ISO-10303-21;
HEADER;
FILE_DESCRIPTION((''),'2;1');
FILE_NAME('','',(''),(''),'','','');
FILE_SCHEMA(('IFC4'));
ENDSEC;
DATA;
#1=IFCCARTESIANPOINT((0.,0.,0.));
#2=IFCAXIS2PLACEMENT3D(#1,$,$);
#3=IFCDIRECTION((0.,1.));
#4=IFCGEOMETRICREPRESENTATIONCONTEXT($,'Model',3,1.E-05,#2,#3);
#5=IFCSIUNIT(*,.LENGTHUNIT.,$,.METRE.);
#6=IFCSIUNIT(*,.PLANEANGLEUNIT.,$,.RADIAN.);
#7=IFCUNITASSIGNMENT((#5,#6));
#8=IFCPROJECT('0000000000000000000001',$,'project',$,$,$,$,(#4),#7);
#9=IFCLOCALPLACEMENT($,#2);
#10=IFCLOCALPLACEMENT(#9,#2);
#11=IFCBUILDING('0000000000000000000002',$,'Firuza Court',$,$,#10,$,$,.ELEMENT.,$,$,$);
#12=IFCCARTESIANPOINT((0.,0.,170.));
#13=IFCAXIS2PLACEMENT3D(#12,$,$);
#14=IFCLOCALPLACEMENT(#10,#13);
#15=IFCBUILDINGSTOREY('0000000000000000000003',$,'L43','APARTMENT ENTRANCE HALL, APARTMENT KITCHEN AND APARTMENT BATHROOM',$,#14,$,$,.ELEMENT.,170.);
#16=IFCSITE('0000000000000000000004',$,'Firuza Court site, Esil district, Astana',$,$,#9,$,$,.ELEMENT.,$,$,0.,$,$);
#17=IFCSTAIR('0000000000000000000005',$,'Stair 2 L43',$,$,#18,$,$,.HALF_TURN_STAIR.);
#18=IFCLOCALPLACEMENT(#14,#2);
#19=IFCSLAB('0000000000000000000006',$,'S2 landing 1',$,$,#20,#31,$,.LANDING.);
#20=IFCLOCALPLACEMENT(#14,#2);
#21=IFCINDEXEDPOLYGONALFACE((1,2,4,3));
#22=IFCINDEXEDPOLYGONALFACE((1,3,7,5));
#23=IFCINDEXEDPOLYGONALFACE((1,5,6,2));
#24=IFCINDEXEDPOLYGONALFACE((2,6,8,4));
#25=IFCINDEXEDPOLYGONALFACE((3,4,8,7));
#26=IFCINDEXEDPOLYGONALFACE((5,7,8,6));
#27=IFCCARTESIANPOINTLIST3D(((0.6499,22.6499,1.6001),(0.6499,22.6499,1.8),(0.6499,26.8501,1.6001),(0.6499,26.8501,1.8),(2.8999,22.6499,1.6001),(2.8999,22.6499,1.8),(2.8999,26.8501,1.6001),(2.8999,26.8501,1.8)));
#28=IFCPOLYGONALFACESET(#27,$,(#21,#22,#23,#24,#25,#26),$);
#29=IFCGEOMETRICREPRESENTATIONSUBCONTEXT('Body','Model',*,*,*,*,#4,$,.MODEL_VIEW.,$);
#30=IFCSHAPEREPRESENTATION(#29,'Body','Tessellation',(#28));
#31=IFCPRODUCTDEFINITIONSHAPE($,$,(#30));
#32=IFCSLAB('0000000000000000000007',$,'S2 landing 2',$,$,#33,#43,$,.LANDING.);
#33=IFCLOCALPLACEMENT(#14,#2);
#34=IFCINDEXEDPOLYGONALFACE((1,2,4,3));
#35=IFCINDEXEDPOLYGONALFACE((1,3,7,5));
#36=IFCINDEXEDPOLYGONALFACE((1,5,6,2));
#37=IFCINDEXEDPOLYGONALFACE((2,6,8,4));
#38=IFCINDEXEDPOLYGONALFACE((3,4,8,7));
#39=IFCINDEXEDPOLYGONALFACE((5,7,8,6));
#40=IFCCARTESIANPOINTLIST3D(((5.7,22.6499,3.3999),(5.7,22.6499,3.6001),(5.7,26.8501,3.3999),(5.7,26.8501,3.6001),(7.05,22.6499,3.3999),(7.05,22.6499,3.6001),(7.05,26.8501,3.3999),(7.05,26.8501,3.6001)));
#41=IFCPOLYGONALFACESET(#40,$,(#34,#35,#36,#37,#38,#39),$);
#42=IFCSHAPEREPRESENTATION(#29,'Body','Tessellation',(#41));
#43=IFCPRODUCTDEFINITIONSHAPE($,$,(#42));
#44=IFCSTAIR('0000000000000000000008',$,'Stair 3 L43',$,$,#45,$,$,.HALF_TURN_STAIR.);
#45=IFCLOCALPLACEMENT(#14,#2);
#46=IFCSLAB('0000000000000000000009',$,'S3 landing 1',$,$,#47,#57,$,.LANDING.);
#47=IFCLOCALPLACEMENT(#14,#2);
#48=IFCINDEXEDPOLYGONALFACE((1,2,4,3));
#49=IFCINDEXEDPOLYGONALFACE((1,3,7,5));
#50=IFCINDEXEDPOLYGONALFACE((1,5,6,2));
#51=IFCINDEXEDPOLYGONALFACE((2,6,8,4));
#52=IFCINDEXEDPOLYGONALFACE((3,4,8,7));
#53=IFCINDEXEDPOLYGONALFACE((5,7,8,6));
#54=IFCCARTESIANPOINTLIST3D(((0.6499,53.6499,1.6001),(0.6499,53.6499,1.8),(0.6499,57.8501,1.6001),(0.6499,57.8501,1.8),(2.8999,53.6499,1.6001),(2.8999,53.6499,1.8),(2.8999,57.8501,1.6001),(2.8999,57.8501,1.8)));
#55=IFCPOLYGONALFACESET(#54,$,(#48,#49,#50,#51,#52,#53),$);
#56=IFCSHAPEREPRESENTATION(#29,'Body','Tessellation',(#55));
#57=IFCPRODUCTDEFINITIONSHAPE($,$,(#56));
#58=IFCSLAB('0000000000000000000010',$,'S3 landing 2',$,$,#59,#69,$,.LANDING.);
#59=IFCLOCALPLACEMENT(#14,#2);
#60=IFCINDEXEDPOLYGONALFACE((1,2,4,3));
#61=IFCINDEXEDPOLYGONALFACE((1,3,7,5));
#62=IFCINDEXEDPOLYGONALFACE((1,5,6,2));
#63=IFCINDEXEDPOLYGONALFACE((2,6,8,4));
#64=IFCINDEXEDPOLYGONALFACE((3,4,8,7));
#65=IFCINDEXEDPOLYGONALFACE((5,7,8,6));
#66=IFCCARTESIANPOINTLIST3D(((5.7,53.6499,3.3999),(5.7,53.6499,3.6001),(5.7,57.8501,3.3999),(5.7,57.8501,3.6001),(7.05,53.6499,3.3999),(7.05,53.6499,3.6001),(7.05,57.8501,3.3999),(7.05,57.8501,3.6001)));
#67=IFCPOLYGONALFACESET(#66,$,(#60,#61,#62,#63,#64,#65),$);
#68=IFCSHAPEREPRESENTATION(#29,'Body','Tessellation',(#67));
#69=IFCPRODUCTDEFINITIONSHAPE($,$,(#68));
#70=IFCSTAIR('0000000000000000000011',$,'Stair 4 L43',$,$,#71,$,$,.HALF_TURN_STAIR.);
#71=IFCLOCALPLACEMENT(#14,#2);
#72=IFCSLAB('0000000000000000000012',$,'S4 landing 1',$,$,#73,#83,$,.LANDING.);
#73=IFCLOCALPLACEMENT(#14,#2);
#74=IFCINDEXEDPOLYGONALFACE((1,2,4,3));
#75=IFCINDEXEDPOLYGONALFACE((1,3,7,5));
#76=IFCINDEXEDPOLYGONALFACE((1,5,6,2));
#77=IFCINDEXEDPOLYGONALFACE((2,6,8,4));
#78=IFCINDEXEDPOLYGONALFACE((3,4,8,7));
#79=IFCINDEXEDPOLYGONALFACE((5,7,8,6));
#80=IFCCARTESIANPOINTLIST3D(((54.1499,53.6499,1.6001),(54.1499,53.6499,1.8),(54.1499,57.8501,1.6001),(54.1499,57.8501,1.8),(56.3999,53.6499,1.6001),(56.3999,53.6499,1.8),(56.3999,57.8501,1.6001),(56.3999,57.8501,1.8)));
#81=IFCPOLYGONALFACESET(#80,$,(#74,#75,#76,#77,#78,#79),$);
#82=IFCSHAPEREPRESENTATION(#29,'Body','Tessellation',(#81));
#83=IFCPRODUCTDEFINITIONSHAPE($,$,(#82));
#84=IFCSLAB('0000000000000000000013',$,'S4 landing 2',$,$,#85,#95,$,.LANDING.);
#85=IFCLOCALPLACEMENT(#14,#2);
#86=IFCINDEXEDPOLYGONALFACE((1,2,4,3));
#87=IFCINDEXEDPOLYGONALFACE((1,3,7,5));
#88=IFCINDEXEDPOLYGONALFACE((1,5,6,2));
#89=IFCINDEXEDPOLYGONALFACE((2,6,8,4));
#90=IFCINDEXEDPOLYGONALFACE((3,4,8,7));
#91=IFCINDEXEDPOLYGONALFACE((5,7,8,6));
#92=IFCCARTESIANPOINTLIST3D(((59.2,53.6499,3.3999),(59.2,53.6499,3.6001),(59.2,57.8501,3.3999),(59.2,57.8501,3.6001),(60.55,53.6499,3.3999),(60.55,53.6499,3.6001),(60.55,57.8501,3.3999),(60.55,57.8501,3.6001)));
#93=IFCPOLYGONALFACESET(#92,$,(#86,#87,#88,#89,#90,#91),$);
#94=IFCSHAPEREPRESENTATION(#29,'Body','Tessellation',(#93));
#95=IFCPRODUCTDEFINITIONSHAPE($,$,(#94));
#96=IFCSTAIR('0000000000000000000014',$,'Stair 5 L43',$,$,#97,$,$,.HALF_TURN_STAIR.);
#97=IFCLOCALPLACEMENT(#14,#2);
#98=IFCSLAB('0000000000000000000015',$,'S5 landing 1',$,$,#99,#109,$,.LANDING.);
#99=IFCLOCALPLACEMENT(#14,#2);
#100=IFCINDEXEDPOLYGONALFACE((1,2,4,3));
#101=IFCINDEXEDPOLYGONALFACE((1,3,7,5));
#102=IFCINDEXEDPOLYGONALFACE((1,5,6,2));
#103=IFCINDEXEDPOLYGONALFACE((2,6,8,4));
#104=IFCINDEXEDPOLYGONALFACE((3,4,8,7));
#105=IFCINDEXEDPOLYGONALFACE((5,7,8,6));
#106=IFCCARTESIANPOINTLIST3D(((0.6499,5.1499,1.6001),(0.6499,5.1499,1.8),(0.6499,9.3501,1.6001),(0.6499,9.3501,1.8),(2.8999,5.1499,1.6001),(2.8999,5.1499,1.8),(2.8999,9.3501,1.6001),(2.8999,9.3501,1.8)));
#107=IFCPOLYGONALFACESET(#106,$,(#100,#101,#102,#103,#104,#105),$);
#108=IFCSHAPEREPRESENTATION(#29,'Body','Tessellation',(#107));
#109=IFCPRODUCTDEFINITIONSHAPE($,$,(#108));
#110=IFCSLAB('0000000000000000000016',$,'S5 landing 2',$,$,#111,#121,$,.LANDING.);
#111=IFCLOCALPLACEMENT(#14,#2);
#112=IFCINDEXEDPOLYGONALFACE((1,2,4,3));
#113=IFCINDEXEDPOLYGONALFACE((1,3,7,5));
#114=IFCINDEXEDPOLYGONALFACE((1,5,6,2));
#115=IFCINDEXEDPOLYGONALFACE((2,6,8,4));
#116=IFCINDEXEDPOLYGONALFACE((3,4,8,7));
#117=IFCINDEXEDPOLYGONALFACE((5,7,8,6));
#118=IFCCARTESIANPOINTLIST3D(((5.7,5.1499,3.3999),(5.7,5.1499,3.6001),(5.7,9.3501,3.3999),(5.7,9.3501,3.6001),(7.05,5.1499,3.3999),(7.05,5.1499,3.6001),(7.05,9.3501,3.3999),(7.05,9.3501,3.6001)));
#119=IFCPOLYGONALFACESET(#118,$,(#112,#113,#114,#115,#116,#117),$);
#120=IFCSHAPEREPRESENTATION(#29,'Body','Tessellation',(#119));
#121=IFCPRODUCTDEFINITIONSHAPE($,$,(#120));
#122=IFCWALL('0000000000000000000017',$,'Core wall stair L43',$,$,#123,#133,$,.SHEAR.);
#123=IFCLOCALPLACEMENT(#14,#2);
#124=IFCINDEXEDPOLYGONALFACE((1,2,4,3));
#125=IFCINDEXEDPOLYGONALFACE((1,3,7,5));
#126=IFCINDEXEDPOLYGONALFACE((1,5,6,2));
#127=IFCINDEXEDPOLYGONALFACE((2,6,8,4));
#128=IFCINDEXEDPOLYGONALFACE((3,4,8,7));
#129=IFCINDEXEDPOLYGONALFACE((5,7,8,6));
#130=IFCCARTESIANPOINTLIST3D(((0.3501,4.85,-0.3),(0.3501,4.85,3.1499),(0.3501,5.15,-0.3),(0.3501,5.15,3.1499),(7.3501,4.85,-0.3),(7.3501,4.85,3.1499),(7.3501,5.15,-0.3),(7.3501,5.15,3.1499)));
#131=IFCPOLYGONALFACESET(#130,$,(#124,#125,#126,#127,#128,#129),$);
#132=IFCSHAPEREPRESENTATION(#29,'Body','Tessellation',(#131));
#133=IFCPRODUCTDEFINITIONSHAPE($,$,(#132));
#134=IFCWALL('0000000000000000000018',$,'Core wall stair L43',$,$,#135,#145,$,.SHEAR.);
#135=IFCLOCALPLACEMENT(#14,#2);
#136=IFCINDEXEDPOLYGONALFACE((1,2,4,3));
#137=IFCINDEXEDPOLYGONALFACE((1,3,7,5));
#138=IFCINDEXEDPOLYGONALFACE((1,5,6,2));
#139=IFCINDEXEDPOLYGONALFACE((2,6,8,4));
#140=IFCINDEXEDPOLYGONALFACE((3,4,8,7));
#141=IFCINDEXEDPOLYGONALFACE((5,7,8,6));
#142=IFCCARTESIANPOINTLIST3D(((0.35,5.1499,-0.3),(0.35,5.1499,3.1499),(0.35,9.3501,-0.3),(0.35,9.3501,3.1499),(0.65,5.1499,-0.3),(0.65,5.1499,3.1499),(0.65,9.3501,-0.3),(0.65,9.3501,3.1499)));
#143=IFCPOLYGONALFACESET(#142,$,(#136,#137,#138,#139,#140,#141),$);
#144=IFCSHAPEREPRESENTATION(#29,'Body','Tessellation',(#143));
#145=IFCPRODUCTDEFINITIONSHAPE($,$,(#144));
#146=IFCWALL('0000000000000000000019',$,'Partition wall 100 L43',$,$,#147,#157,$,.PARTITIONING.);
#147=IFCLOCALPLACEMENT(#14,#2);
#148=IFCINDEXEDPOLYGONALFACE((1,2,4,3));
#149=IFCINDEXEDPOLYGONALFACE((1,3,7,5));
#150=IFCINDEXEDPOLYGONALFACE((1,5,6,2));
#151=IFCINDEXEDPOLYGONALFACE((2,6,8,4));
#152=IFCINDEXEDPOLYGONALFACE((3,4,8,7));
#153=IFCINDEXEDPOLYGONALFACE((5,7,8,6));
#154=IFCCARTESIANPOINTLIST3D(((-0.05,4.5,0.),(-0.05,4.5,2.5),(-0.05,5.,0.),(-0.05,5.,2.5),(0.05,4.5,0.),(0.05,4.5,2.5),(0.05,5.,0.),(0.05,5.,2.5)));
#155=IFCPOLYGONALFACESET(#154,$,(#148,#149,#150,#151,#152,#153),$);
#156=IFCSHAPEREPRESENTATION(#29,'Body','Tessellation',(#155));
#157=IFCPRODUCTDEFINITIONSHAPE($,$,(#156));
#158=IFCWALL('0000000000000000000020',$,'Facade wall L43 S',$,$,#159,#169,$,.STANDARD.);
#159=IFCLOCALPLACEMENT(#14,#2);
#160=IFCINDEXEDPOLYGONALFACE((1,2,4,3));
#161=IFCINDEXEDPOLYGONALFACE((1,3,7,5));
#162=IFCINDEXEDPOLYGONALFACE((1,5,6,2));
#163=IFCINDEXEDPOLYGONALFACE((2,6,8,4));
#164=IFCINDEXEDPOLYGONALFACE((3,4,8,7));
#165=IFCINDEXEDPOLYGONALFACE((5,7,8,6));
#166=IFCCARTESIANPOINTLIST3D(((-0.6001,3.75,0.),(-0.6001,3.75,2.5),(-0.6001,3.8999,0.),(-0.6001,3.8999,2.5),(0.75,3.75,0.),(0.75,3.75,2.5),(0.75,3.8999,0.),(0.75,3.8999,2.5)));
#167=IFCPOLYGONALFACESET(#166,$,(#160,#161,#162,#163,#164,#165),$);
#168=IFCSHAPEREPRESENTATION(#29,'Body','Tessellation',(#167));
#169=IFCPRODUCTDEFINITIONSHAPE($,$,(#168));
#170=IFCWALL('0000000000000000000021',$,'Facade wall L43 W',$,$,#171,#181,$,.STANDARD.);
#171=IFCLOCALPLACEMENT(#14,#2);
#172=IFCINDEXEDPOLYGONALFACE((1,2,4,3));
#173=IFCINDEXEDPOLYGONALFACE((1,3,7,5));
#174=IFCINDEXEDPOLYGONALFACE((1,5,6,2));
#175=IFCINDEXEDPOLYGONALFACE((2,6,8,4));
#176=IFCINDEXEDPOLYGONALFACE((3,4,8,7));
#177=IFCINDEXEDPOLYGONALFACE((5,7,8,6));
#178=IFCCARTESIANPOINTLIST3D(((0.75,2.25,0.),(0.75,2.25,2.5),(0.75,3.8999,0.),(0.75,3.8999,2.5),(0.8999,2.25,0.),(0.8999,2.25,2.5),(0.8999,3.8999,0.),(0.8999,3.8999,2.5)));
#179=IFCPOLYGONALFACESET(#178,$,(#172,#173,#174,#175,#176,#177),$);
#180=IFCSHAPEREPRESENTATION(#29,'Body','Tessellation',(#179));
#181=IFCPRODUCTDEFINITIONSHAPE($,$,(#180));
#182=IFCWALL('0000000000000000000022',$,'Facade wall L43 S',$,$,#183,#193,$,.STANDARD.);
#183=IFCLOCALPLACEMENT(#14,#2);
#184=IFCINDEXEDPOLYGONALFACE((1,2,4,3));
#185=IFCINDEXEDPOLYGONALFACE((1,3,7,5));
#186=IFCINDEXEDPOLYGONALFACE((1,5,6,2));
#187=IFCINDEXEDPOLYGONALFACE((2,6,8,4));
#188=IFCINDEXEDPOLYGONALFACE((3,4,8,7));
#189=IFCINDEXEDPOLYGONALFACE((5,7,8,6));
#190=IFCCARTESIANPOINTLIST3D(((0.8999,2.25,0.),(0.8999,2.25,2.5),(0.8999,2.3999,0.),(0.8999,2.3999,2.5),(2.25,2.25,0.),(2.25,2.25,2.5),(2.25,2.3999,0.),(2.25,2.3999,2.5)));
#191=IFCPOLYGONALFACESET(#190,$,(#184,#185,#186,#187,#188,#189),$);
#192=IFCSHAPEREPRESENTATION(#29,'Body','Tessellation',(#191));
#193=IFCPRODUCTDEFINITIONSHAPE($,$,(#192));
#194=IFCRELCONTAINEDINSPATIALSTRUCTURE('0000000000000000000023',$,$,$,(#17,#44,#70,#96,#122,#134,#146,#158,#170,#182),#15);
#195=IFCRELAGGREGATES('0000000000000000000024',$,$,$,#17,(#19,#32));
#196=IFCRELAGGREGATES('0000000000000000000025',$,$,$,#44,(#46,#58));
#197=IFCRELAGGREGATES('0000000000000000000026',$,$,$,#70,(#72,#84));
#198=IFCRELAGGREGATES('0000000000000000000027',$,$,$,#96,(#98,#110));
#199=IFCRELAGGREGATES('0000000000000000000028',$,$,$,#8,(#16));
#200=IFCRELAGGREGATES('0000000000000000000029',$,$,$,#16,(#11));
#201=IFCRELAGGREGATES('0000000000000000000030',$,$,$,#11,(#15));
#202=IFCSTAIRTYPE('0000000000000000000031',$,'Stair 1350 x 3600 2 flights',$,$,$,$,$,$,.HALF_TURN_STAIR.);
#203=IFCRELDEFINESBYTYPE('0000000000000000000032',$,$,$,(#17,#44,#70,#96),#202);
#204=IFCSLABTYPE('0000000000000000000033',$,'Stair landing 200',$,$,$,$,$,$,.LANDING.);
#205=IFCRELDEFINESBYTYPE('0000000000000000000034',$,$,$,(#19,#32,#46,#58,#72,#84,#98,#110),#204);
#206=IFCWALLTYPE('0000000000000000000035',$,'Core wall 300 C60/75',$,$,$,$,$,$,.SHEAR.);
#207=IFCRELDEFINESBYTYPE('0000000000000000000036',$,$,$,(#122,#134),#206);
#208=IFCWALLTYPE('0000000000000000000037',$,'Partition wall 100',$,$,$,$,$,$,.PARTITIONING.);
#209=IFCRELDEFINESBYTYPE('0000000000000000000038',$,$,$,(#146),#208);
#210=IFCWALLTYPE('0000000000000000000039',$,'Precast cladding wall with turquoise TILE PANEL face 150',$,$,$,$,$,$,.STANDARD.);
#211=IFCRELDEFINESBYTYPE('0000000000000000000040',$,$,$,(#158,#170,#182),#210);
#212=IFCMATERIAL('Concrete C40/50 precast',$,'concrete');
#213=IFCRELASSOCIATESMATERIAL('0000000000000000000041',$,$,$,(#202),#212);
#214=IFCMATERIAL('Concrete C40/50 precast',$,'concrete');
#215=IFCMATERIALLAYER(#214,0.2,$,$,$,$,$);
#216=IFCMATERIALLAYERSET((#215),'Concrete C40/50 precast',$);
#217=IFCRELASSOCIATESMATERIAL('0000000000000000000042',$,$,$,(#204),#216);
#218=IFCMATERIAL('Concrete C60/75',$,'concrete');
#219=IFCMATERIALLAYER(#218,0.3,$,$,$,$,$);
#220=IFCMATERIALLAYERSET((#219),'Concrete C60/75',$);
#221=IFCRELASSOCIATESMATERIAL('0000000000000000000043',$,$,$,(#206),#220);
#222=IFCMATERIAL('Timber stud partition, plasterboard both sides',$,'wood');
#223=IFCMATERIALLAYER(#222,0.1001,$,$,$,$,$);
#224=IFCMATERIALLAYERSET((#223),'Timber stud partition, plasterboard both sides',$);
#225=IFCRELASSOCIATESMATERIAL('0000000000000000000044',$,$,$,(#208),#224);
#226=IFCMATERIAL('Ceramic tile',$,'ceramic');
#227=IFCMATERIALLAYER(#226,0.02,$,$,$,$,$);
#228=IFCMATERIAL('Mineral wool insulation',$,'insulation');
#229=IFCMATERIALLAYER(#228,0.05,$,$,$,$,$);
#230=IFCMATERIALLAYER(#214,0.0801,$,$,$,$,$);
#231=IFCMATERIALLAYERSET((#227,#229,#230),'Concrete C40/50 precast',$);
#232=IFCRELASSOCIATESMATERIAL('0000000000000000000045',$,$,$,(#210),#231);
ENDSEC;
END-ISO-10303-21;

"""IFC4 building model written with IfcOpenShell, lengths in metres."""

from ifc_helpers import new_model, si_unit, direction, frame, frame_2d, origin, place, context, subcontext, project, spatial, polyline, rectangle, outline, extrude, material, layer, layer_set, type_object, element, aggregate, save


model = new_model("IFC4")

# Units and contexts
model_context = context("Model", 3, precision=1e-05, world=origin(), true_north=direction((0.0, 1.0)))
body_context = subcontext(model_context, "Body", "Model", "MODEL_VIEW")
ifc_project = project(units=[si_unit("LENGTHUNIT", "METRE"), si_unit("PLANEANGLEUNIT", "RADIAN")], contexts=[model_context])

# Site, building, storey
site_placement = place(None, origin())
site = spatial("IfcSite", under=ifc_project, at=site_placement, Name="Firuza Court site, Esil district, Astana", CompositionType="ELEMENT", RefElevation=0.0)
building_placement = place(site_placement, origin())
building = spatial("IfcBuilding", under=site, at=building_placement, Name="Firuza Court", CompositionType="ELEMENT")
storey_placement = place(building_placement, frame((0.0, 0.0, 170.0)))
storey = spatial("IfcBuildingStorey", under=building, at=storey_placement, Name="L43", Description="APARTMENT ENTRANCE HALL, APARTMENT KITCHEN AND APARTMENT BATHROOM", CompositionType="ELEMENT", Elevation=170.0)

# Stairs, slabs
ifc_material_1 = material(Name="Concrete C40/50 precast", Category="concrete")
stair_type = type_object("IfcStairType", Name="Stair 1350 x 3600 2 flights", PredefinedType="HALF_TURN_STAIR", material=ifc_material_1)
ifc_material_2 = material(Name="Concrete C40/50 precast", Category="concrete")
ifc_layer_1 = layer(ifc_material_2, 0.2)
ifc_layer_set_1 = layer_set([ifc_layer_1], Name="Concrete C40/50 precast")
slab_type_1 = type_object("IfcSlabType", Name="Stair landing 200", PredefinedType="LANDING", material=ifc_layer_set_1)
stair_1_placement = place(storey_placement, origin())
stair_1 = element("IfcStair", 1, at=stair_1_placement, inside=storey, type_object=stair_type, Name="Stair 2 L43", PredefinedType="HALF_TURN_STAIR")
slab_1_placement = place(storey_placement, frame((0.0, 0.0, 1.6001)))
slab_1 = element("IfcSlab", 2, at=slab_1_placement, type_object=slab_type_1, Name="S2 landing 1", PredefinedType="LANDING", context=body_context, shape_type="SweptSolid", body=[
    extrude(outline(polyline([(2.8999, 22.6499), (2.8999, 26.8501), (0.6499, 26.8501), (0.6499, 22.6499), (2.8999, 22.6499)])), origin(), (0.0, 0.0, 1.0), 0.2),
])
slab_2_placement = place(storey_placement, frame((0.0, 0.0, 3.3999)))
slab_2 = element("IfcSlab", 3, at=slab_2_placement, type_object=slab_type_1, Name="S2 landing 2", PredefinedType="LANDING", context=body_context, shape_type="SweptSolid", body=[
    extrude(outline(polyline([(7.05, 22.6499), (7.05, 26.8501), (5.7, 26.8501), (5.7, 22.6499), (7.05, 22.6499)])), origin(), (0.0, 0.0, 1.0), 0.2002),
])
aggregate(stair_1, [slab_1, slab_2])
stair_2_placement = place(storey_placement, origin())
stair_2 = element("IfcStair", 4, at=stair_2_placement, inside=storey, type_object=stair_type, Name="Stair 3 L43", PredefinedType="HALF_TURN_STAIR")
slab_3_placement = place(storey_placement, frame((0.0, 0.0, 1.6001)))
slab_3 = element("IfcSlab", 5, at=slab_3_placement, type_object=slab_type_1, Name="S3 landing 1", PredefinedType="LANDING", context=body_context, shape_type="SweptSolid", body=[
    extrude(outline(polyline([(2.8999, 53.6499), (2.8999, 57.8501), (0.6499, 57.8501), (0.6499, 53.6499), (2.8999, 53.6499)])), origin(), (0.0, 0.0, 1.0), 0.2),
])
slab_4_placement = place(storey_placement, frame((0.0, 0.0, 3.3999)))
slab_4 = element("IfcSlab", 6, at=slab_4_placement, type_object=slab_type_1, Name="S3 landing 2", PredefinedType="LANDING", context=body_context, shape_type="SweptSolid", body=[
    extrude(outline(polyline([(7.05, 53.6499), (7.05, 57.8501), (5.7, 57.8501), (5.7, 53.6499), (7.05, 53.6499)])), origin(), (0.0, 0.0, 1.0), 0.2002),
])
aggregate(stair_2, [slab_3, slab_4])
stair_3_placement = place(storey_placement, origin())
stair_3 = element("IfcStair", 7, at=stair_3_placement, inside=storey, type_object=stair_type, Name="Stair 4 L43", PredefinedType="HALF_TURN_STAIR")
slab_5_placement = place(storey_placement, frame((0.0, 0.0, 1.6001)))
slab_5 = element("IfcSlab", 8, at=slab_5_placement, type_object=slab_type_1, Name="S4 landing 1", PredefinedType="LANDING", context=body_context, shape_type="SweptSolid", body=[
    extrude(outline(polyline([(56.3999, 53.6499), (56.3999, 57.8501), (54.1499, 57.8501), (54.1499, 53.6499), (56.3999, 53.6499)])), origin(), (0.0, 0.0, 1.0), 0.2),
])
slab_6_placement = place(storey_placement, frame((0.0, 0.0, 3.3999)))
slab_6 = element("IfcSlab", 9, at=slab_6_placement, type_object=slab_type_1, Name="S4 landing 2", PredefinedType="LANDING", context=body_context, shape_type="SweptSolid", body=[
    extrude(outline(polyline([(60.55, 53.6499), (60.55, 57.8501), (59.2, 57.8501), (59.2, 53.6499), (60.55, 53.6499)])), origin(), (0.0, 0.0, 1.0), 0.2002),
])
aggregate(stair_3, [slab_5, slab_6])
stair_4_placement = place(storey_placement, origin())
stair_4 = element("IfcStair", 10, at=stair_4_placement, inside=storey, type_object=stair_type, Name="Stair 5 L43", PredefinedType="HALF_TURN_STAIR")
slab_7_placement = place(storey_placement, frame((0.0, 0.0, 1.6001)))
slab_7 = element("IfcSlab", 11, at=slab_7_placement, type_object=slab_type_1, Name="S5 landing 1", PredefinedType="LANDING", context=body_context, shape_type="SweptSolid", body=[
    extrude(outline(polyline([(2.8999, 5.1499), (2.8999, 9.3501), (0.6499, 9.3501), (0.6499, 5.1499), (2.8999, 5.1499)])), origin(), (0.0, 0.0, 1.0), 0.2),
])
slab_8_placement = place(storey_placement, frame((0.0, 0.0, 3.3999)))
slab_8 = element("IfcSlab", 12, at=slab_8_placement, type_object=slab_type_1, Name="S5 landing 2", PredefinedType="LANDING", context=body_context, shape_type="SweptSolid", body=[
    extrude(outline(polyline([(7.05, 5.1499), (7.05, 9.3501), (5.7, 9.3501), (5.7, 5.1499), (7.05, 5.1499)])), origin(), (0.0, 0.0, 1.0), 0.2002),
])
aggregate(stair_4, [slab_7, slab_8])

# Walls
ifc_material_3 = material(Name="Concrete C60/75", Category="concrete")
ifc_layer_2 = layer(ifc_material_3, 0.3)
ifc_layer_set_2 = layer_set([ifc_layer_2], Name="Concrete C60/75")
wall_type_1 = type_object("IfcWallType", Name="Core wall 300 C60/75", PredefinedType="SHEAR", material=ifc_layer_set_2)
wall_1_placement = place(storey_placement, frame((0.3501, 5.0, -0.3), z_axis=(0.0, 0.0, 1.0), x_axis=(1.0, 0.0, 0.0)))
element("IfcWall", 13, at=wall_1_placement, inside=storey, type_object=wall_type_1, Name="Core wall stair L43", PredefinedType="SHEAR", context=body_context, shape_type="SweptSolid", body=[
    extrude(rectangle(XDim=7.0, YDim=0.3, at=frame_2d((3.5, 0.0))), origin(), (0.0, 0.0, 1.0), 3.45),
])
wall_2_placement = place(storey_placement, frame((0.5, 5.1499, -0.3), z_axis=(0.0, 0.0, 1.0), x_axis=(0.0, 1.0, 0.0)))
element("IfcWall", 14, at=wall_2_placement, inside=storey, type_object=wall_type_1, Name="Core wall stair L43", PredefinedType="SHEAR", context=body_context, shape_type="SweptSolid", body=[
    extrude(rectangle(XDim=4.2002, YDim=0.3, at=frame_2d((2.1001, 0.0))), origin(), (0.0, 0.0, 1.0), 3.45),
])
ifc_material_4 = material(Name="Timber stud partition, plasterboard both sides", Category="wood")
ifc_layer_3 = layer(ifc_material_4, 0.1001)
ifc_layer_set_3 = layer_set([ifc_layer_3], Name="Timber stud partition, plasterboard both sides")
wall_type_2 = type_object("IfcWallType", Name="Partition wall 100", PredefinedType="PARTITIONING", material=ifc_layer_set_3)
wall_3_placement = place(storey_placement, frame((0.0, 4.5, 0.0), z_axis=(0.0, 0.0, 1.0), x_axis=(0.0, 1.0, 0.0)))
element("IfcWall", 15, at=wall_3_placement, inside=storey, type_object=wall_type_2, Name="Partition wall 100 L43", PredefinedType="PARTITIONING", context=body_context, shape_type="SweptSolid", body=[
    extrude(rectangle(XDim=0.5, YDim=0.1001, at=frame_2d((0.25, 0.0))), origin(), (0.0, 0.0, 1.0), 2.5),
])
ifc_material_5 = material(Name="Ceramic tile", Category="ceramic")
ifc_layer_4 = layer(ifc_material_5, 0.02)
ifc_material_6 = material(Name="Mineral wool insulation", Category="insulation")
ifc_layer_5 = layer(ifc_material_6, 0.05)
ifc_layer_6 = layer(ifc_material_2, 0.0801)
ifc_layer_set_4 = layer_set([ifc_layer_4, ifc_layer_5, ifc_layer_6], Name="Concrete C40/50 precast")
wall_type_3 = type_object("IfcWallType", Name="Precast cladding wall with turquoise TILE PANEL face 150", PredefinedType="STANDARD", material=ifc_layer_set_4)
wall_4_placement = place(storey_placement, frame((-0.6001, 3.825, 0.0), z_axis=(0.0, 0.0, 1.0), x_axis=(1.0, 0.0, 0.0)))
element("IfcWall", 16, at=wall_4_placement, inside=storey, type_object=wall_type_3, Name="Facade wall L43 S", PredefinedType="STANDARD", context=body_context, shape_type="SweptSolid", body=[
    extrude(rectangle(XDim=1.3501, YDim=0.1499, at=frame_2d((0.675, 0.0))), origin(), (0.0, 0.0, 1.0), 2.5),
])
wall_5_placement = place(storey_placement, frame((0.825, 3.8999, 0.0), z_axis=(0.0, 0.0, 1.0), x_axis=(0.0, -1.0, 0.0)))
element("IfcWall", 17, at=wall_5_placement, inside=storey, type_object=wall_type_3, Name="Facade wall L43 W", PredefinedType="STANDARD", context=body_context, shape_type="SweptSolid", body=[
    extrude(rectangle(XDim=1.6499, YDim=0.1499, at=frame_2d((0.825, 0.0))), origin(), (0.0, 0.0, 1.0), 2.5),
])
wall_6_placement = place(storey_placement, frame((0.8999, 2.325, 0.0), z_axis=(0.0, 0.0, 1.0), x_axis=(1.0, 0.0, 0.0)))
element("IfcWall", 18, at=wall_6_placement, inside=storey, type_object=wall_type_3, Name="Facade wall L43 S", PredefinedType="STANDARD", context=body_context, shape_type="SweptSolid", body=[
    extrude(rectangle(XDim=1.3501, YDim=0.1499, at=frame_2d((0.675, 0.0))), origin(), (0.0, 0.0, 1.0), 2.5),
])

save(model, "model.ifc")
